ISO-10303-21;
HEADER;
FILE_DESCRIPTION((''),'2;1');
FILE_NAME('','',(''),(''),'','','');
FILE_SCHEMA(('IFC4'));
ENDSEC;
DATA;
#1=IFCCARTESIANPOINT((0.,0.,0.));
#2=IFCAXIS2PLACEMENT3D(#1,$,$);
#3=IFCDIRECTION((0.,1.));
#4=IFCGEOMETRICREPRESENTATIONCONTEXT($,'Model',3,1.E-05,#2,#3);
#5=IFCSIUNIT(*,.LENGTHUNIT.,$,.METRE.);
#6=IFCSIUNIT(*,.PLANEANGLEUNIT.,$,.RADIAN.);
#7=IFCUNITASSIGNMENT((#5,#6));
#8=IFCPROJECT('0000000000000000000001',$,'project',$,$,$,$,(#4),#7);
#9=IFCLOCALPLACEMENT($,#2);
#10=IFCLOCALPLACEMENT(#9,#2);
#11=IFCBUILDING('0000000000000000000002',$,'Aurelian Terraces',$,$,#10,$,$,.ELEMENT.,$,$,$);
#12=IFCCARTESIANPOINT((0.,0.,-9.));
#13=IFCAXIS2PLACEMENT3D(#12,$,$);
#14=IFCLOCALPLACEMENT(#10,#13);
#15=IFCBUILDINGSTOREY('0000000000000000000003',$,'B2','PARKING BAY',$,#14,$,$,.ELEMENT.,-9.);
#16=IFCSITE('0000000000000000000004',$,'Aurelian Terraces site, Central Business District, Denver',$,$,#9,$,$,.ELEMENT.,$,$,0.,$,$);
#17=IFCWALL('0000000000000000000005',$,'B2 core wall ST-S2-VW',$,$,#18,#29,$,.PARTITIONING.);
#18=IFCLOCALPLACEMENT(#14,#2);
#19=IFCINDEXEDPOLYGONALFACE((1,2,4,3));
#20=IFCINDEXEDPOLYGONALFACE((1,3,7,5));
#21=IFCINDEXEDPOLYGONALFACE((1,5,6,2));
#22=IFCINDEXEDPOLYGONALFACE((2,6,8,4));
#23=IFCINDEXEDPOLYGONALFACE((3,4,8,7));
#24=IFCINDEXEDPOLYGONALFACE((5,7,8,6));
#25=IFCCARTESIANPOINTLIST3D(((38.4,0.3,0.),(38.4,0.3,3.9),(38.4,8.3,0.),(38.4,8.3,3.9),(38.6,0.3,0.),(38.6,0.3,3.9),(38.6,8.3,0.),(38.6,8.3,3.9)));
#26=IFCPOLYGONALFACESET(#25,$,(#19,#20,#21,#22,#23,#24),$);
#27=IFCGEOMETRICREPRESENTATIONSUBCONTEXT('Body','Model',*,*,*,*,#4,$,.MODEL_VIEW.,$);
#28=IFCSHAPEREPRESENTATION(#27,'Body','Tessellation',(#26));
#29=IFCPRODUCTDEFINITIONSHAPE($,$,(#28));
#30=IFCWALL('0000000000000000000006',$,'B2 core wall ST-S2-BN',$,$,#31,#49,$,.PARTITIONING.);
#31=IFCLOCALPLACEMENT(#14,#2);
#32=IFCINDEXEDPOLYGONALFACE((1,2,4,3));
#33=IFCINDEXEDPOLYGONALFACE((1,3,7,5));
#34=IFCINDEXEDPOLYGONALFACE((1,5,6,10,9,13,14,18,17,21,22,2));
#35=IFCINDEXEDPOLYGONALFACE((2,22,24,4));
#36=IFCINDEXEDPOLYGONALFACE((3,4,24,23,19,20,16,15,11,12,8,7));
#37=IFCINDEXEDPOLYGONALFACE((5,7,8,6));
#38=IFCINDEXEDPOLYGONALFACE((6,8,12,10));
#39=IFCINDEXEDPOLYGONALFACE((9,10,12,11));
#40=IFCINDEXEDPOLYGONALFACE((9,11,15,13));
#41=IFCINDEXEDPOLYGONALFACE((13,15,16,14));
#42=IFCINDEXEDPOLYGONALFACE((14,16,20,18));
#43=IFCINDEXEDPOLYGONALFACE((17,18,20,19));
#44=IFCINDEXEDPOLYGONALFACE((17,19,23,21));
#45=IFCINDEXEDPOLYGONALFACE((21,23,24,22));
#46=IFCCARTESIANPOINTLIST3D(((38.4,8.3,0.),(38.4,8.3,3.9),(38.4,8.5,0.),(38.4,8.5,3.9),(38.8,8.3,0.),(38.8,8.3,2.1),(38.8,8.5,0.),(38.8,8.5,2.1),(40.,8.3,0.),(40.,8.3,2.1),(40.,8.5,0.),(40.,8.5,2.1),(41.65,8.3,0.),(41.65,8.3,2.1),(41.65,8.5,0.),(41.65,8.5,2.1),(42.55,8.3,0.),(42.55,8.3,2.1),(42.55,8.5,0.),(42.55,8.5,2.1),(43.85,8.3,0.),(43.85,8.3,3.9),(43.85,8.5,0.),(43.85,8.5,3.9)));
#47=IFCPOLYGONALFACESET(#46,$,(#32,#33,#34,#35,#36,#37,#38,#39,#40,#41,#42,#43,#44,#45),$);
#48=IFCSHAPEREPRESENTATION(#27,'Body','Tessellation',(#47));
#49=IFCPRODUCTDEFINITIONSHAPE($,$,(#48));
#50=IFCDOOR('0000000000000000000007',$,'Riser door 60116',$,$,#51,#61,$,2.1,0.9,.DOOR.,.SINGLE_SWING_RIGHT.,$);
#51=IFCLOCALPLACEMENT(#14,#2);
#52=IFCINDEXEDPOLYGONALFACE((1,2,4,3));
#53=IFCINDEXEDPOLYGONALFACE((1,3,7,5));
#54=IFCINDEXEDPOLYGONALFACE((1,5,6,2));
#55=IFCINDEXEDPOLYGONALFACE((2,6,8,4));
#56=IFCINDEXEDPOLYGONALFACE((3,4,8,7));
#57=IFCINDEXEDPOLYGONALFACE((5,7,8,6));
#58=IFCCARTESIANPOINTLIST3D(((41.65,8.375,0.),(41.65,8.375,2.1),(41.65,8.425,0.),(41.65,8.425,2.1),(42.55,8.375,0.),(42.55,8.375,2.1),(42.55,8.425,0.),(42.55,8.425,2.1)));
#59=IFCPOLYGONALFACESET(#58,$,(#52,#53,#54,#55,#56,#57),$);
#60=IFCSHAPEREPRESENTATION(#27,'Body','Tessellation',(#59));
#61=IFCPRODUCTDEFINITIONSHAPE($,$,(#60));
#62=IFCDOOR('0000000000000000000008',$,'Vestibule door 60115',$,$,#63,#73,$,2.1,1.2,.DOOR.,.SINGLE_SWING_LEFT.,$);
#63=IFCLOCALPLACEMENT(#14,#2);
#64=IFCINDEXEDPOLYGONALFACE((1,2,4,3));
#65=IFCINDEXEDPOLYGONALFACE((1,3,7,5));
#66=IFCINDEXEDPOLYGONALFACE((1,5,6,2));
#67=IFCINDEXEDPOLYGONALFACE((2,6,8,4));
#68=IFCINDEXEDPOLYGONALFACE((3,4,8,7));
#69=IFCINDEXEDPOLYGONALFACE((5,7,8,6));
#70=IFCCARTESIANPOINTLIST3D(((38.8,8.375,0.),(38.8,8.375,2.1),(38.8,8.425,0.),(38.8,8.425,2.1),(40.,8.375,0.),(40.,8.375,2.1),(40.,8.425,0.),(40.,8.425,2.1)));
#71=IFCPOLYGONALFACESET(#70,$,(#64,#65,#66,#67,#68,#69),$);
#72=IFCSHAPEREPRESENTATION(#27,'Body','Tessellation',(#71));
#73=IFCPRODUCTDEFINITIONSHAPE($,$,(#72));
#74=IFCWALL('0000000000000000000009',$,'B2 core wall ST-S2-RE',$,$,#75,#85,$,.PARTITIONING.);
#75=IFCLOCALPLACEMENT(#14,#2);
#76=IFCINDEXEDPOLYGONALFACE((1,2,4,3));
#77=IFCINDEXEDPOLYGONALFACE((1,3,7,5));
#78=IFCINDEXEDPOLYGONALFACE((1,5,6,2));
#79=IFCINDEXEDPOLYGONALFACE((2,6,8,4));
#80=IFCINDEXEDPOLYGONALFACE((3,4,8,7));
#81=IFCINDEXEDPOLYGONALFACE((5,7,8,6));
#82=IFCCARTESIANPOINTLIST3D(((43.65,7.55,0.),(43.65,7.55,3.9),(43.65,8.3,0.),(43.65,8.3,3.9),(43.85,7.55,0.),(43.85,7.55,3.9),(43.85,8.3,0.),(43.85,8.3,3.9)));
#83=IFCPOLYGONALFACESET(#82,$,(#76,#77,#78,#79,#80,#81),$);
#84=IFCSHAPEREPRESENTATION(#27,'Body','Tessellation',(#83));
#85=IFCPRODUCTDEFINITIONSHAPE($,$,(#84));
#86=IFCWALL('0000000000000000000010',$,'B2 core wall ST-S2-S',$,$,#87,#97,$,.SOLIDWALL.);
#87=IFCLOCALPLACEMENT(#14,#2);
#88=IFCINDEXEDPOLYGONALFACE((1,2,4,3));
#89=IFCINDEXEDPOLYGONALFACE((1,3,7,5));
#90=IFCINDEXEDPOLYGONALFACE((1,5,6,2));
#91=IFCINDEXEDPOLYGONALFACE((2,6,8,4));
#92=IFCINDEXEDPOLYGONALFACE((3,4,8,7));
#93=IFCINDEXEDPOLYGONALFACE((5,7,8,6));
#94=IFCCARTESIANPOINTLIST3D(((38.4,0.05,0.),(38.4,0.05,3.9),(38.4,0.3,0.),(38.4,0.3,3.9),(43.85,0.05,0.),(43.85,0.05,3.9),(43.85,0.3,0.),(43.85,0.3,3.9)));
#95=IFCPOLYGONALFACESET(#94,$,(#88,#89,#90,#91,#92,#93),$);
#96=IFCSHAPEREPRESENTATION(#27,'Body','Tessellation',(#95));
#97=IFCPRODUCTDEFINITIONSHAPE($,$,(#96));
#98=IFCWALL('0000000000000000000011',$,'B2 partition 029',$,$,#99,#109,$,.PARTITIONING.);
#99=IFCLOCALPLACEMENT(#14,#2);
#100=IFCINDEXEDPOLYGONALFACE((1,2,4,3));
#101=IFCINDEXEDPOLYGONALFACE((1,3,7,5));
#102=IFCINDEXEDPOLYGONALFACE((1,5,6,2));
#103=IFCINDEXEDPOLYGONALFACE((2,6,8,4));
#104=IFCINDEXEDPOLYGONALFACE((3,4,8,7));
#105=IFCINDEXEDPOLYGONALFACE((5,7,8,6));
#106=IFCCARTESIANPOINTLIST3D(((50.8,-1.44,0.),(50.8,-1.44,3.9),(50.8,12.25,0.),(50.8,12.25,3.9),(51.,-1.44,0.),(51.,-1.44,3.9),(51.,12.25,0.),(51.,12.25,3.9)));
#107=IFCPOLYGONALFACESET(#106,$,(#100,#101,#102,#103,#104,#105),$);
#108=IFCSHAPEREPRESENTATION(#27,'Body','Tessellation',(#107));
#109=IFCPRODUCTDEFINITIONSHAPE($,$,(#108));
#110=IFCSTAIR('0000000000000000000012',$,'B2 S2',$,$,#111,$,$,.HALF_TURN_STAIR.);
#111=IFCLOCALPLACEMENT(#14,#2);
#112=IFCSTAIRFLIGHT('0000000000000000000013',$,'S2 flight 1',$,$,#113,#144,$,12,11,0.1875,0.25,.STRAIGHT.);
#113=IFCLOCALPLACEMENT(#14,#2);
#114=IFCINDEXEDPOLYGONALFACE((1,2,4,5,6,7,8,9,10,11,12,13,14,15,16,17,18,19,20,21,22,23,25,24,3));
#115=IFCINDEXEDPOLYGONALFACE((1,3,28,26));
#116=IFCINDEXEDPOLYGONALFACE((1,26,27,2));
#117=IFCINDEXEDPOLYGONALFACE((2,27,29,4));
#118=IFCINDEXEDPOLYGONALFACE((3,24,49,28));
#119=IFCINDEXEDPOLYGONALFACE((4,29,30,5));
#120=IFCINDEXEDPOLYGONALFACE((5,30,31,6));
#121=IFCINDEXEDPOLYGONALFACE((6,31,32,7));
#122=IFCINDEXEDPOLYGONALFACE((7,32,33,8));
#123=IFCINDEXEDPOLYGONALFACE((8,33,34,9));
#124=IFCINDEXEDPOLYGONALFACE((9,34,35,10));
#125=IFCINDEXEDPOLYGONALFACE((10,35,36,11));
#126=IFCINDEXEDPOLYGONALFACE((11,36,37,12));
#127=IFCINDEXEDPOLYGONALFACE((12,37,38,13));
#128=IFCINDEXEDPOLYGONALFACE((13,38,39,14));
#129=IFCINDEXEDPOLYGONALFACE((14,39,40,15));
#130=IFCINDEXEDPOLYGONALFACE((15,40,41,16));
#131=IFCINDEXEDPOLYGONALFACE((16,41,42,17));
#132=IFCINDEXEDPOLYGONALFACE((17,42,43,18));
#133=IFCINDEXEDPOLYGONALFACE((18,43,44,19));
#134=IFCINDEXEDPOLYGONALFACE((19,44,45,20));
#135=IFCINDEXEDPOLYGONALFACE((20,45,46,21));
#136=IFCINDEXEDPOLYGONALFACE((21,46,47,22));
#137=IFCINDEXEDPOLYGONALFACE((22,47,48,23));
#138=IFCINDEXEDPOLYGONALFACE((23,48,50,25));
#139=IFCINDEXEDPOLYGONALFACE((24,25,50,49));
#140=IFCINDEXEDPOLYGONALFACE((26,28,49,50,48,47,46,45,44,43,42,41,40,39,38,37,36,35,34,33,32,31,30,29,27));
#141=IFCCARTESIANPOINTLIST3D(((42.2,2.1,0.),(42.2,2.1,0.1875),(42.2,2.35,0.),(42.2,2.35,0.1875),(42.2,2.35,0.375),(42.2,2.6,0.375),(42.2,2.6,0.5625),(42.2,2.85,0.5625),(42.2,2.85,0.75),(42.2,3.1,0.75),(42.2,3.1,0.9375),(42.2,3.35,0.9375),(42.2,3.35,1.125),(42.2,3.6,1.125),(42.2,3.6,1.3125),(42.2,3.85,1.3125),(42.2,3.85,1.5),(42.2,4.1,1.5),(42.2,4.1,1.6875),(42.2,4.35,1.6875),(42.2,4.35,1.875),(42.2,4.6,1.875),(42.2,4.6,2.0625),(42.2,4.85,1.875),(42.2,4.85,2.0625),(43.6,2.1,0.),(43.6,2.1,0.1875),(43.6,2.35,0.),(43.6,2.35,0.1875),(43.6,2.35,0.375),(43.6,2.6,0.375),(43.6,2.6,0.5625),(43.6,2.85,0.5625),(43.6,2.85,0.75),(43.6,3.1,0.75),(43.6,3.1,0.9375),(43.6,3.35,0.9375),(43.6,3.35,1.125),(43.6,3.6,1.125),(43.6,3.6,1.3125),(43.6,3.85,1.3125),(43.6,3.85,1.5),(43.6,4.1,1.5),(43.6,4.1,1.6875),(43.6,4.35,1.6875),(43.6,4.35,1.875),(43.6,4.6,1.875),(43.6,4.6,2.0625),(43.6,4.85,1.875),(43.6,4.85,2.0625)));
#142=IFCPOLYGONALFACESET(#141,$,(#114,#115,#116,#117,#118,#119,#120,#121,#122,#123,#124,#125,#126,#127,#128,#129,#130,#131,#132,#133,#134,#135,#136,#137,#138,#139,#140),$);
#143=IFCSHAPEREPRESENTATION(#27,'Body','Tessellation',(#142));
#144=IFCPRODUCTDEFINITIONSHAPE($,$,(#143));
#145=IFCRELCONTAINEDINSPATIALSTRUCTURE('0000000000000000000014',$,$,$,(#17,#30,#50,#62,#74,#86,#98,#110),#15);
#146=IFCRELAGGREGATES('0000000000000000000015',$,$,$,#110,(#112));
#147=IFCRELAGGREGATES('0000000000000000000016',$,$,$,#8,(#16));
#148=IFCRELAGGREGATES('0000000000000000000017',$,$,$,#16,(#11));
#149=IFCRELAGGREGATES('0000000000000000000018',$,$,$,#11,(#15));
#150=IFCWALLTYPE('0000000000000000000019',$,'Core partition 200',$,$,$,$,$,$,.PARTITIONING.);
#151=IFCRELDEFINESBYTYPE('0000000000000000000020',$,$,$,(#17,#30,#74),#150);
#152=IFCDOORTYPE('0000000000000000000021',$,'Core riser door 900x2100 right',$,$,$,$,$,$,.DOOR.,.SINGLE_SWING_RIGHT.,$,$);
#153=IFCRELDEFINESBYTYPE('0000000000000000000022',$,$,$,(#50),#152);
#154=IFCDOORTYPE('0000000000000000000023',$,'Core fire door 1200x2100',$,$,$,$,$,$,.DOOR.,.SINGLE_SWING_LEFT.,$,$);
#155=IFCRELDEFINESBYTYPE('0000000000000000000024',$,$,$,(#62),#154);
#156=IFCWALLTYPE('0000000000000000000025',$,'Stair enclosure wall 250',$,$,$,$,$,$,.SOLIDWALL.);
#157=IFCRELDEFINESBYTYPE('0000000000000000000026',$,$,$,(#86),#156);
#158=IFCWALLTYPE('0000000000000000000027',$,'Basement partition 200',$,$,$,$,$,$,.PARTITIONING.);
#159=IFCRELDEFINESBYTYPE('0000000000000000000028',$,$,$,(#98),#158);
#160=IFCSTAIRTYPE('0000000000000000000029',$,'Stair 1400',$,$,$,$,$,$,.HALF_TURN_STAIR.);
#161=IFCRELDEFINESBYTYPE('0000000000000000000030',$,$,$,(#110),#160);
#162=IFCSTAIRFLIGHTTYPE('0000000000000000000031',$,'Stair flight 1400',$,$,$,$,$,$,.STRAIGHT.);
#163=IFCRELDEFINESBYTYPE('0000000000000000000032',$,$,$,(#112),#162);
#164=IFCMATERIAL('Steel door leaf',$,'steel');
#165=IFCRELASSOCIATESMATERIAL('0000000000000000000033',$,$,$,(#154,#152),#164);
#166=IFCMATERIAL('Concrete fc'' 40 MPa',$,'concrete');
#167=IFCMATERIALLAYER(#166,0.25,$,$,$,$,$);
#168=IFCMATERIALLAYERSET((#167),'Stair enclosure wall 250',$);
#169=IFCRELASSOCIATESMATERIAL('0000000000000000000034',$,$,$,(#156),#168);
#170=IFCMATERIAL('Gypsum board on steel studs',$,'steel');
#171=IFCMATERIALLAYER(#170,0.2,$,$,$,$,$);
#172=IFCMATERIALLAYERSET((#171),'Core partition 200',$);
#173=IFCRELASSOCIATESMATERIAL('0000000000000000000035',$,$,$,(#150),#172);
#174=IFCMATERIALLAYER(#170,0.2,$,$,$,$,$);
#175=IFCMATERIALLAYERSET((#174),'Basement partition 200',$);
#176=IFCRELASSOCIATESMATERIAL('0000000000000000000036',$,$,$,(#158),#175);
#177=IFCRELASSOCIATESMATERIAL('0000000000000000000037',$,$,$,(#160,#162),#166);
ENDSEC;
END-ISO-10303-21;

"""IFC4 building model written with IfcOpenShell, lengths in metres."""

from ifc_helpers import new_model, si_unit, direction, frame, frame_2d, origin, place, context, subcontext, project, spatial, polyline, rectangle, outline, extrude, source, transform, mapped, material, layer, layer_set, type_object, element, fill, aggregate, save


model = new_model("IFC4")

# Units and contexts
model_context = context("Model", 3, precision=1e-05, world=origin(), true_north=direction((0.0, 1.0)))
body_context = subcontext(model_context, "Body", "Model", "MODEL_VIEW")
ifc_project = project(units=[si_unit("LENGTHUNIT", "METRE"), si_unit("PLANEANGLEUNIT", "RADIAN")], contexts=[model_context])

# Site, building, storey
site_placement = place(None, origin())
site = spatial("IfcSite", under=ifc_project, at=site_placement, Name="Aurelian Terraces site, Central Business District, Denver", CompositionType="ELEMENT", RefElevation=0.0)
building_placement = place(site_placement, origin())
building = spatial("IfcBuilding", under=site, at=building_placement, Name="Aurelian Terraces", CompositionType="ELEMENT")
storey_placement = place(building_placement, frame((0.0, 0.0, -9.0)))
storey = spatial("IfcBuildingStorey", under=building, at=storey_placement, Name="B2", Description="PARKING BAY", CompositionType="ELEMENT", Elevation=-9.0)

# Shared definitions
ifc_material_1 = material(Name="Steel door leaf", Category="steel")
door_type_1 = type_object("IfcDoorType", Name="Core fire door 1200x2100", OperationType="SINGLE_SWING_LEFT", PredefinedType="DOOR", material=ifc_material_1)
shared_shape_1 = source(origin(), body_context, "Body", "SweptSolid", [
    extrude(rectangle(XDim=1.2, YDim=2.1, at=frame_2d((0.6, 1.05))), frame((0.0, 0.025, 0.0), z_axis=(0.0, -1.0, 0.0), x_axis=(1.0, 0.0, 0.0)), (0.0, 0.0, 1.0), 0.05),
])

# Shared definitions
ifc_material_2 = material(Name="Concrete fc' 40 MPa", Category="concrete")
ifc_layer_1 = layer(ifc_material_2, 0.25)
ifc_layer_set_1 = layer_set([ifc_layer_1], Name="Stair enclosure wall 250")
wall_type_1 = type_object("IfcWallType", Name="Stair enclosure wall 250", PredefinedType="SOLIDWALL", material=ifc_layer_set_1)

# Wall
ifc_material_3 = material(Name="Gypsum board on steel studs", Category="steel")
ifc_layer_2 = layer(ifc_material_3, 0.2)
ifc_layer_set_2 = layer_set([ifc_layer_2], Name="Core partition 200")
wall_type_2 = type_object("IfcWallType", Name="Core partition 200", PredefinedType="PARTITIONING", material=ifc_layer_set_2)
shared_shape_2 = source(origin(), body_context, "Body", "SweptSolid", [
    extrude(rectangle(XDim=8.0, YDim=0.2, at=frame_2d((4.0, 0.0))), origin(), (0.0, 0.0, 1.0), 3.9),
])
wall_1_placement = place(storey_placement, frame((38.5, 0.3, 0.0), z_axis=(0.0, 0.0, 1.0), x_axis=(0.0, 1.0, 0.0)))
element("IfcWall", 1, at=wall_1_placement, inside=storey, type_object=wall_type_2, Name="B2 core wall ST-S2-VW", PredefinedType="PARTITIONING", context=body_context, shape_type="MappedRepresentation", body=[
    mapped(shared_shape_2, transform((0.0, 0.0, 0.0), scale=1.0)),
])

# Wall, openings, doors
shared_shape_3 = source(origin(), body_context, "Body", "SweptSolid", [
    extrude(rectangle(XDim=5.45, YDim=0.2, at=frame_2d((2.725, 0.0))), origin(), (0.0, 0.0, 1.0), 3.9),
])
wall_2_placement = place(storey_placement, frame((38.4, 8.4, 0.0), z_axis=(0.0, 0.0, 1.0), x_axis=(1.0, 0.0, 0.0)))
wall_2 = element("IfcWall", 2, at=wall_2_placement, inside=storey, type_object=wall_type_2, Name="B2 core wall ST-S2-BN", PredefinedType="PARTITIONING", context=body_context, shape_type="MappedRepresentation", body=[
    mapped(shared_shape_3, transform((0.0, 0.0, 0.0), scale=1.0)),
])
shared_shape_4 = source(origin(), body_context, "Body", "SweptSolid", [
    extrude(rectangle(XDim=1.2, YDim=2.1, at=frame_2d((0.6, 1.05))), frame((0.0, 0.11, 0.0), z_axis=(0.0, -1.0, 0.0), x_axis=(1.0, 0.0, 0.0)), (0.0, 0.0, 1.0), 0.22),
])
opening_1_placement = place(wall_2_placement, frame((0.4, 0.0, 0.0)))
opening_1 = element("IfcOpeningElement", 3, at=opening_1_placement, cuts=wall_2, PredefinedType="OPENING", context=body_context, shape_type="MappedRepresentation", body=[
    mapped(shared_shape_4, transform((0.0, 0.0, 0.0), scale=1.0)),
])
shared_shape_5 = source(origin(), body_context, "Body", "SweptSolid", [
    extrude(rectangle(XDim=0.9, YDim=2.1, at=frame_2d((0.45, 1.05))), frame((0.0, 0.11, 0.0), z_axis=(0.0, -1.0, 0.0), x_axis=(1.0, 0.0, 0.0)), (0.0, 0.0, 1.0), 0.22),
])
opening_2_placement = place(wall_2_placement, frame((3.25, 0.0, 0.0)))
opening_2 = element("IfcOpeningElement", 4, at=opening_2_placement, cuts=wall_2, PredefinedType="OPENING", context=body_context, shape_type="MappedRepresentation", body=[
    mapped(shared_shape_5, transform((0.0, 0.0, 0.0), scale=1.0)),
])
door_type_2 = type_object("IfcDoorType", Name="Core riser door 900x2100 right", OperationType="SINGLE_SWING_RIGHT", PredefinedType="DOOR", material=ifc_material_1)
shared_shape_6 = source(origin(), body_context, "Body", "SweptSolid", [
    extrude(rectangle(XDim=0.9, YDim=2.1, at=frame_2d((0.45, 1.05))), frame((0.0, 0.025, 0.0), z_axis=(0.0, -1.0, 0.0), x_axis=(1.0, 0.0, 0.0)), (0.0, 0.0, 1.0), 0.05),
])
door_1_placement = place(opening_2_placement, origin())
door_1 = element("IfcDoor", 5, at=door_1_placement, inside=storey, type_object=door_type_2, Name="Riser door 60116", OperationType="SINGLE_SWING_RIGHT", OverallHeight=2.1, OverallWidth=0.9, PredefinedType="DOOR", context=body_context, shape_type="MappedRepresentation", body=[
    mapped(shared_shape_6, transform((0.0, 0.0, 0.0), scale=1.0)),
])
fill(opening_2, door_1)
door_2_placement = place(opening_1_placement, origin())
door_2 = element("IfcDoor", 6, at=door_2_placement, inside=storey, type_object=door_type_1, Name="Vestibule door 60115", OperationType="SINGLE_SWING_LEFT", OverallHeight=2.1, OverallWidth=1.2, PredefinedType="DOOR", context=body_context, shape_type="MappedRepresentation", body=[
    mapped(shared_shape_1, transform((0.0, 0.0, 0.0), scale=1.0)),
])
fill(opening_1, door_2)

# Walls
shared_shape_7 = source(origin(), body_context, "Body", "SweptSolid", [
    extrude(rectangle(XDim=0.75, YDim=0.2, at=frame_2d((0.375, 0.0))), origin(), (0.0, 0.0, 1.0), 3.9),
])
wall_3_placement = place(storey_placement, frame((43.75, 7.55, 0.0), z_axis=(0.0, 0.0, 1.0), x_axis=(0.0, 1.0, 0.0)))
element("IfcWall", 7, at=wall_3_placement, inside=storey, type_object=wall_type_2, Name="B2 core wall ST-S2-RE", PredefinedType="PARTITIONING", context=body_context, shape_type="MappedRepresentation", body=[
    mapped(shared_shape_7, transform((0.0, 0.0, 0.0), scale=1.0)),
])
shared_shape_8 = source(origin(), body_context, "Body", "SweptSolid", [
    extrude(rectangle(XDim=5.45, YDim=0.25, at=frame_2d((2.725, 0.0))), origin(), (0.0, 0.0, 1.0), 3.9),
])
wall_4_placement = place(storey_placement, frame((38.4, 0.175, 0.0), z_axis=(0.0, 0.0, 1.0), x_axis=(1.0, 0.0, 0.0)))
element("IfcWall", 8, at=wall_4_placement, inside=storey, type_object=wall_type_1, Name="B2 core wall ST-S2-S", PredefinedType="SOLIDWALL", context=body_context, shape_type="MappedRepresentation", body=[
    mapped(shared_shape_8, transform((0.0, 0.0, 0.0), scale=1.0)),
])
ifc_layer_3 = layer(ifc_material_3, 0.2)
ifc_layer_set_3 = layer_set([ifc_layer_3], Name="Basement partition 200")
wall_type_3 = type_object("IfcWallType", Name="Basement partition 200", PredefinedType="PARTITIONING", material=ifc_layer_set_3)
shared_shape_9 = source(origin(), body_context, "Body", "SweptSolid", [
    extrude(rectangle(XDim=13.69, YDim=0.2, at=frame_2d((6.845, 0.0))), origin(), (0.0, 0.0, 1.0), 3.9),
])
wall_5_placement = place(storey_placement, frame((50.9, -1.44, 0.0), z_axis=(0.0, 0.0, 1.0), x_axis=(0.0, 1.0, 0.0)))
element("IfcWall", 9, at=wall_5_placement, inside=storey, type_object=wall_type_3, Name="B2 partition 029", PredefinedType="PARTITIONING", context=body_context, shape_type="MappedRepresentation", body=[
    mapped(shared_shape_9, transform((0.0, 0.0, 0.0), scale=1.0)),
])

# Stair, stair flight
stair_type = type_object("IfcStairType", Name="Stair 1400", PredefinedType="HALF_TURN_STAIR", material=ifc_material_2)
stair_placement = place(storey_placement, origin())
stair = element("IfcStair", 10, at=stair_placement, inside=storey, type_object=stair_type, Name="B2 S2", PredefinedType="HALF_TURN_STAIR")
stair_flight_type = type_object("IfcStairFlightType", Name="Stair flight 1400", PredefinedType="STRAIGHT", material=ifc_material_2)
shared_shape_10 = source(origin(), body_context, "Body", "SweptSolid", [
    extrude(outline(polyline([(0.0, 0.0), (0.0, 0.1875), (0.25, 0.1875), (0.25, 0.375), (0.5, 0.375), (0.5, 0.5625), (0.75, 0.5625), (0.75, 0.75), (1.0, 0.75), (1.0, 0.9375), (1.25, 0.9375), (1.25, 1.125), (1.5, 1.125), (1.5, 1.3125), (1.75, 1.3125), (1.75, 1.5), (2.0, 1.5), (2.0, 1.6875), (2.25, 1.6875), (2.25, 1.875), (2.5, 1.875), (2.5, 2.0625), (2.75, 2.0625), (2.75, 2.25), (2.75, 1.875), (0.25, 0.0), (0.0, 0.0)])), frame((0.0, 0.7, 0.0), z_axis=(0.0, -1.0, 0.0), x_axis=(1.0, 0.0, 0.0)), (0.0, 0.0, 1.0), 1.4),
])
stair_flight_1_placement = place(storey_placement, frame((42.9, 2.1, 0.0), z_axis=(0.0, 0.0, 1.0), x_axis=(0.0, 1.0, 0.0)))
stair_flight_1 = element("IfcStairFlight", 11, at=stair_flight_1_placement, type_object=stair_flight_type, Name="S2 flight 1", NumberOfRisers=12, NumberOfTreads=11, PredefinedType="STRAIGHT", RiserHeight=0.1875, TreadLength=0.25, context=body_context, shape_type="MappedRepresentation", body=[
    mapped(shared_shape_10, transform((0.0, 0.0, 0.0), scale=1.0)),
])
aggregate(stair, [stair_flight_1])

save(model, "model.ifc")
